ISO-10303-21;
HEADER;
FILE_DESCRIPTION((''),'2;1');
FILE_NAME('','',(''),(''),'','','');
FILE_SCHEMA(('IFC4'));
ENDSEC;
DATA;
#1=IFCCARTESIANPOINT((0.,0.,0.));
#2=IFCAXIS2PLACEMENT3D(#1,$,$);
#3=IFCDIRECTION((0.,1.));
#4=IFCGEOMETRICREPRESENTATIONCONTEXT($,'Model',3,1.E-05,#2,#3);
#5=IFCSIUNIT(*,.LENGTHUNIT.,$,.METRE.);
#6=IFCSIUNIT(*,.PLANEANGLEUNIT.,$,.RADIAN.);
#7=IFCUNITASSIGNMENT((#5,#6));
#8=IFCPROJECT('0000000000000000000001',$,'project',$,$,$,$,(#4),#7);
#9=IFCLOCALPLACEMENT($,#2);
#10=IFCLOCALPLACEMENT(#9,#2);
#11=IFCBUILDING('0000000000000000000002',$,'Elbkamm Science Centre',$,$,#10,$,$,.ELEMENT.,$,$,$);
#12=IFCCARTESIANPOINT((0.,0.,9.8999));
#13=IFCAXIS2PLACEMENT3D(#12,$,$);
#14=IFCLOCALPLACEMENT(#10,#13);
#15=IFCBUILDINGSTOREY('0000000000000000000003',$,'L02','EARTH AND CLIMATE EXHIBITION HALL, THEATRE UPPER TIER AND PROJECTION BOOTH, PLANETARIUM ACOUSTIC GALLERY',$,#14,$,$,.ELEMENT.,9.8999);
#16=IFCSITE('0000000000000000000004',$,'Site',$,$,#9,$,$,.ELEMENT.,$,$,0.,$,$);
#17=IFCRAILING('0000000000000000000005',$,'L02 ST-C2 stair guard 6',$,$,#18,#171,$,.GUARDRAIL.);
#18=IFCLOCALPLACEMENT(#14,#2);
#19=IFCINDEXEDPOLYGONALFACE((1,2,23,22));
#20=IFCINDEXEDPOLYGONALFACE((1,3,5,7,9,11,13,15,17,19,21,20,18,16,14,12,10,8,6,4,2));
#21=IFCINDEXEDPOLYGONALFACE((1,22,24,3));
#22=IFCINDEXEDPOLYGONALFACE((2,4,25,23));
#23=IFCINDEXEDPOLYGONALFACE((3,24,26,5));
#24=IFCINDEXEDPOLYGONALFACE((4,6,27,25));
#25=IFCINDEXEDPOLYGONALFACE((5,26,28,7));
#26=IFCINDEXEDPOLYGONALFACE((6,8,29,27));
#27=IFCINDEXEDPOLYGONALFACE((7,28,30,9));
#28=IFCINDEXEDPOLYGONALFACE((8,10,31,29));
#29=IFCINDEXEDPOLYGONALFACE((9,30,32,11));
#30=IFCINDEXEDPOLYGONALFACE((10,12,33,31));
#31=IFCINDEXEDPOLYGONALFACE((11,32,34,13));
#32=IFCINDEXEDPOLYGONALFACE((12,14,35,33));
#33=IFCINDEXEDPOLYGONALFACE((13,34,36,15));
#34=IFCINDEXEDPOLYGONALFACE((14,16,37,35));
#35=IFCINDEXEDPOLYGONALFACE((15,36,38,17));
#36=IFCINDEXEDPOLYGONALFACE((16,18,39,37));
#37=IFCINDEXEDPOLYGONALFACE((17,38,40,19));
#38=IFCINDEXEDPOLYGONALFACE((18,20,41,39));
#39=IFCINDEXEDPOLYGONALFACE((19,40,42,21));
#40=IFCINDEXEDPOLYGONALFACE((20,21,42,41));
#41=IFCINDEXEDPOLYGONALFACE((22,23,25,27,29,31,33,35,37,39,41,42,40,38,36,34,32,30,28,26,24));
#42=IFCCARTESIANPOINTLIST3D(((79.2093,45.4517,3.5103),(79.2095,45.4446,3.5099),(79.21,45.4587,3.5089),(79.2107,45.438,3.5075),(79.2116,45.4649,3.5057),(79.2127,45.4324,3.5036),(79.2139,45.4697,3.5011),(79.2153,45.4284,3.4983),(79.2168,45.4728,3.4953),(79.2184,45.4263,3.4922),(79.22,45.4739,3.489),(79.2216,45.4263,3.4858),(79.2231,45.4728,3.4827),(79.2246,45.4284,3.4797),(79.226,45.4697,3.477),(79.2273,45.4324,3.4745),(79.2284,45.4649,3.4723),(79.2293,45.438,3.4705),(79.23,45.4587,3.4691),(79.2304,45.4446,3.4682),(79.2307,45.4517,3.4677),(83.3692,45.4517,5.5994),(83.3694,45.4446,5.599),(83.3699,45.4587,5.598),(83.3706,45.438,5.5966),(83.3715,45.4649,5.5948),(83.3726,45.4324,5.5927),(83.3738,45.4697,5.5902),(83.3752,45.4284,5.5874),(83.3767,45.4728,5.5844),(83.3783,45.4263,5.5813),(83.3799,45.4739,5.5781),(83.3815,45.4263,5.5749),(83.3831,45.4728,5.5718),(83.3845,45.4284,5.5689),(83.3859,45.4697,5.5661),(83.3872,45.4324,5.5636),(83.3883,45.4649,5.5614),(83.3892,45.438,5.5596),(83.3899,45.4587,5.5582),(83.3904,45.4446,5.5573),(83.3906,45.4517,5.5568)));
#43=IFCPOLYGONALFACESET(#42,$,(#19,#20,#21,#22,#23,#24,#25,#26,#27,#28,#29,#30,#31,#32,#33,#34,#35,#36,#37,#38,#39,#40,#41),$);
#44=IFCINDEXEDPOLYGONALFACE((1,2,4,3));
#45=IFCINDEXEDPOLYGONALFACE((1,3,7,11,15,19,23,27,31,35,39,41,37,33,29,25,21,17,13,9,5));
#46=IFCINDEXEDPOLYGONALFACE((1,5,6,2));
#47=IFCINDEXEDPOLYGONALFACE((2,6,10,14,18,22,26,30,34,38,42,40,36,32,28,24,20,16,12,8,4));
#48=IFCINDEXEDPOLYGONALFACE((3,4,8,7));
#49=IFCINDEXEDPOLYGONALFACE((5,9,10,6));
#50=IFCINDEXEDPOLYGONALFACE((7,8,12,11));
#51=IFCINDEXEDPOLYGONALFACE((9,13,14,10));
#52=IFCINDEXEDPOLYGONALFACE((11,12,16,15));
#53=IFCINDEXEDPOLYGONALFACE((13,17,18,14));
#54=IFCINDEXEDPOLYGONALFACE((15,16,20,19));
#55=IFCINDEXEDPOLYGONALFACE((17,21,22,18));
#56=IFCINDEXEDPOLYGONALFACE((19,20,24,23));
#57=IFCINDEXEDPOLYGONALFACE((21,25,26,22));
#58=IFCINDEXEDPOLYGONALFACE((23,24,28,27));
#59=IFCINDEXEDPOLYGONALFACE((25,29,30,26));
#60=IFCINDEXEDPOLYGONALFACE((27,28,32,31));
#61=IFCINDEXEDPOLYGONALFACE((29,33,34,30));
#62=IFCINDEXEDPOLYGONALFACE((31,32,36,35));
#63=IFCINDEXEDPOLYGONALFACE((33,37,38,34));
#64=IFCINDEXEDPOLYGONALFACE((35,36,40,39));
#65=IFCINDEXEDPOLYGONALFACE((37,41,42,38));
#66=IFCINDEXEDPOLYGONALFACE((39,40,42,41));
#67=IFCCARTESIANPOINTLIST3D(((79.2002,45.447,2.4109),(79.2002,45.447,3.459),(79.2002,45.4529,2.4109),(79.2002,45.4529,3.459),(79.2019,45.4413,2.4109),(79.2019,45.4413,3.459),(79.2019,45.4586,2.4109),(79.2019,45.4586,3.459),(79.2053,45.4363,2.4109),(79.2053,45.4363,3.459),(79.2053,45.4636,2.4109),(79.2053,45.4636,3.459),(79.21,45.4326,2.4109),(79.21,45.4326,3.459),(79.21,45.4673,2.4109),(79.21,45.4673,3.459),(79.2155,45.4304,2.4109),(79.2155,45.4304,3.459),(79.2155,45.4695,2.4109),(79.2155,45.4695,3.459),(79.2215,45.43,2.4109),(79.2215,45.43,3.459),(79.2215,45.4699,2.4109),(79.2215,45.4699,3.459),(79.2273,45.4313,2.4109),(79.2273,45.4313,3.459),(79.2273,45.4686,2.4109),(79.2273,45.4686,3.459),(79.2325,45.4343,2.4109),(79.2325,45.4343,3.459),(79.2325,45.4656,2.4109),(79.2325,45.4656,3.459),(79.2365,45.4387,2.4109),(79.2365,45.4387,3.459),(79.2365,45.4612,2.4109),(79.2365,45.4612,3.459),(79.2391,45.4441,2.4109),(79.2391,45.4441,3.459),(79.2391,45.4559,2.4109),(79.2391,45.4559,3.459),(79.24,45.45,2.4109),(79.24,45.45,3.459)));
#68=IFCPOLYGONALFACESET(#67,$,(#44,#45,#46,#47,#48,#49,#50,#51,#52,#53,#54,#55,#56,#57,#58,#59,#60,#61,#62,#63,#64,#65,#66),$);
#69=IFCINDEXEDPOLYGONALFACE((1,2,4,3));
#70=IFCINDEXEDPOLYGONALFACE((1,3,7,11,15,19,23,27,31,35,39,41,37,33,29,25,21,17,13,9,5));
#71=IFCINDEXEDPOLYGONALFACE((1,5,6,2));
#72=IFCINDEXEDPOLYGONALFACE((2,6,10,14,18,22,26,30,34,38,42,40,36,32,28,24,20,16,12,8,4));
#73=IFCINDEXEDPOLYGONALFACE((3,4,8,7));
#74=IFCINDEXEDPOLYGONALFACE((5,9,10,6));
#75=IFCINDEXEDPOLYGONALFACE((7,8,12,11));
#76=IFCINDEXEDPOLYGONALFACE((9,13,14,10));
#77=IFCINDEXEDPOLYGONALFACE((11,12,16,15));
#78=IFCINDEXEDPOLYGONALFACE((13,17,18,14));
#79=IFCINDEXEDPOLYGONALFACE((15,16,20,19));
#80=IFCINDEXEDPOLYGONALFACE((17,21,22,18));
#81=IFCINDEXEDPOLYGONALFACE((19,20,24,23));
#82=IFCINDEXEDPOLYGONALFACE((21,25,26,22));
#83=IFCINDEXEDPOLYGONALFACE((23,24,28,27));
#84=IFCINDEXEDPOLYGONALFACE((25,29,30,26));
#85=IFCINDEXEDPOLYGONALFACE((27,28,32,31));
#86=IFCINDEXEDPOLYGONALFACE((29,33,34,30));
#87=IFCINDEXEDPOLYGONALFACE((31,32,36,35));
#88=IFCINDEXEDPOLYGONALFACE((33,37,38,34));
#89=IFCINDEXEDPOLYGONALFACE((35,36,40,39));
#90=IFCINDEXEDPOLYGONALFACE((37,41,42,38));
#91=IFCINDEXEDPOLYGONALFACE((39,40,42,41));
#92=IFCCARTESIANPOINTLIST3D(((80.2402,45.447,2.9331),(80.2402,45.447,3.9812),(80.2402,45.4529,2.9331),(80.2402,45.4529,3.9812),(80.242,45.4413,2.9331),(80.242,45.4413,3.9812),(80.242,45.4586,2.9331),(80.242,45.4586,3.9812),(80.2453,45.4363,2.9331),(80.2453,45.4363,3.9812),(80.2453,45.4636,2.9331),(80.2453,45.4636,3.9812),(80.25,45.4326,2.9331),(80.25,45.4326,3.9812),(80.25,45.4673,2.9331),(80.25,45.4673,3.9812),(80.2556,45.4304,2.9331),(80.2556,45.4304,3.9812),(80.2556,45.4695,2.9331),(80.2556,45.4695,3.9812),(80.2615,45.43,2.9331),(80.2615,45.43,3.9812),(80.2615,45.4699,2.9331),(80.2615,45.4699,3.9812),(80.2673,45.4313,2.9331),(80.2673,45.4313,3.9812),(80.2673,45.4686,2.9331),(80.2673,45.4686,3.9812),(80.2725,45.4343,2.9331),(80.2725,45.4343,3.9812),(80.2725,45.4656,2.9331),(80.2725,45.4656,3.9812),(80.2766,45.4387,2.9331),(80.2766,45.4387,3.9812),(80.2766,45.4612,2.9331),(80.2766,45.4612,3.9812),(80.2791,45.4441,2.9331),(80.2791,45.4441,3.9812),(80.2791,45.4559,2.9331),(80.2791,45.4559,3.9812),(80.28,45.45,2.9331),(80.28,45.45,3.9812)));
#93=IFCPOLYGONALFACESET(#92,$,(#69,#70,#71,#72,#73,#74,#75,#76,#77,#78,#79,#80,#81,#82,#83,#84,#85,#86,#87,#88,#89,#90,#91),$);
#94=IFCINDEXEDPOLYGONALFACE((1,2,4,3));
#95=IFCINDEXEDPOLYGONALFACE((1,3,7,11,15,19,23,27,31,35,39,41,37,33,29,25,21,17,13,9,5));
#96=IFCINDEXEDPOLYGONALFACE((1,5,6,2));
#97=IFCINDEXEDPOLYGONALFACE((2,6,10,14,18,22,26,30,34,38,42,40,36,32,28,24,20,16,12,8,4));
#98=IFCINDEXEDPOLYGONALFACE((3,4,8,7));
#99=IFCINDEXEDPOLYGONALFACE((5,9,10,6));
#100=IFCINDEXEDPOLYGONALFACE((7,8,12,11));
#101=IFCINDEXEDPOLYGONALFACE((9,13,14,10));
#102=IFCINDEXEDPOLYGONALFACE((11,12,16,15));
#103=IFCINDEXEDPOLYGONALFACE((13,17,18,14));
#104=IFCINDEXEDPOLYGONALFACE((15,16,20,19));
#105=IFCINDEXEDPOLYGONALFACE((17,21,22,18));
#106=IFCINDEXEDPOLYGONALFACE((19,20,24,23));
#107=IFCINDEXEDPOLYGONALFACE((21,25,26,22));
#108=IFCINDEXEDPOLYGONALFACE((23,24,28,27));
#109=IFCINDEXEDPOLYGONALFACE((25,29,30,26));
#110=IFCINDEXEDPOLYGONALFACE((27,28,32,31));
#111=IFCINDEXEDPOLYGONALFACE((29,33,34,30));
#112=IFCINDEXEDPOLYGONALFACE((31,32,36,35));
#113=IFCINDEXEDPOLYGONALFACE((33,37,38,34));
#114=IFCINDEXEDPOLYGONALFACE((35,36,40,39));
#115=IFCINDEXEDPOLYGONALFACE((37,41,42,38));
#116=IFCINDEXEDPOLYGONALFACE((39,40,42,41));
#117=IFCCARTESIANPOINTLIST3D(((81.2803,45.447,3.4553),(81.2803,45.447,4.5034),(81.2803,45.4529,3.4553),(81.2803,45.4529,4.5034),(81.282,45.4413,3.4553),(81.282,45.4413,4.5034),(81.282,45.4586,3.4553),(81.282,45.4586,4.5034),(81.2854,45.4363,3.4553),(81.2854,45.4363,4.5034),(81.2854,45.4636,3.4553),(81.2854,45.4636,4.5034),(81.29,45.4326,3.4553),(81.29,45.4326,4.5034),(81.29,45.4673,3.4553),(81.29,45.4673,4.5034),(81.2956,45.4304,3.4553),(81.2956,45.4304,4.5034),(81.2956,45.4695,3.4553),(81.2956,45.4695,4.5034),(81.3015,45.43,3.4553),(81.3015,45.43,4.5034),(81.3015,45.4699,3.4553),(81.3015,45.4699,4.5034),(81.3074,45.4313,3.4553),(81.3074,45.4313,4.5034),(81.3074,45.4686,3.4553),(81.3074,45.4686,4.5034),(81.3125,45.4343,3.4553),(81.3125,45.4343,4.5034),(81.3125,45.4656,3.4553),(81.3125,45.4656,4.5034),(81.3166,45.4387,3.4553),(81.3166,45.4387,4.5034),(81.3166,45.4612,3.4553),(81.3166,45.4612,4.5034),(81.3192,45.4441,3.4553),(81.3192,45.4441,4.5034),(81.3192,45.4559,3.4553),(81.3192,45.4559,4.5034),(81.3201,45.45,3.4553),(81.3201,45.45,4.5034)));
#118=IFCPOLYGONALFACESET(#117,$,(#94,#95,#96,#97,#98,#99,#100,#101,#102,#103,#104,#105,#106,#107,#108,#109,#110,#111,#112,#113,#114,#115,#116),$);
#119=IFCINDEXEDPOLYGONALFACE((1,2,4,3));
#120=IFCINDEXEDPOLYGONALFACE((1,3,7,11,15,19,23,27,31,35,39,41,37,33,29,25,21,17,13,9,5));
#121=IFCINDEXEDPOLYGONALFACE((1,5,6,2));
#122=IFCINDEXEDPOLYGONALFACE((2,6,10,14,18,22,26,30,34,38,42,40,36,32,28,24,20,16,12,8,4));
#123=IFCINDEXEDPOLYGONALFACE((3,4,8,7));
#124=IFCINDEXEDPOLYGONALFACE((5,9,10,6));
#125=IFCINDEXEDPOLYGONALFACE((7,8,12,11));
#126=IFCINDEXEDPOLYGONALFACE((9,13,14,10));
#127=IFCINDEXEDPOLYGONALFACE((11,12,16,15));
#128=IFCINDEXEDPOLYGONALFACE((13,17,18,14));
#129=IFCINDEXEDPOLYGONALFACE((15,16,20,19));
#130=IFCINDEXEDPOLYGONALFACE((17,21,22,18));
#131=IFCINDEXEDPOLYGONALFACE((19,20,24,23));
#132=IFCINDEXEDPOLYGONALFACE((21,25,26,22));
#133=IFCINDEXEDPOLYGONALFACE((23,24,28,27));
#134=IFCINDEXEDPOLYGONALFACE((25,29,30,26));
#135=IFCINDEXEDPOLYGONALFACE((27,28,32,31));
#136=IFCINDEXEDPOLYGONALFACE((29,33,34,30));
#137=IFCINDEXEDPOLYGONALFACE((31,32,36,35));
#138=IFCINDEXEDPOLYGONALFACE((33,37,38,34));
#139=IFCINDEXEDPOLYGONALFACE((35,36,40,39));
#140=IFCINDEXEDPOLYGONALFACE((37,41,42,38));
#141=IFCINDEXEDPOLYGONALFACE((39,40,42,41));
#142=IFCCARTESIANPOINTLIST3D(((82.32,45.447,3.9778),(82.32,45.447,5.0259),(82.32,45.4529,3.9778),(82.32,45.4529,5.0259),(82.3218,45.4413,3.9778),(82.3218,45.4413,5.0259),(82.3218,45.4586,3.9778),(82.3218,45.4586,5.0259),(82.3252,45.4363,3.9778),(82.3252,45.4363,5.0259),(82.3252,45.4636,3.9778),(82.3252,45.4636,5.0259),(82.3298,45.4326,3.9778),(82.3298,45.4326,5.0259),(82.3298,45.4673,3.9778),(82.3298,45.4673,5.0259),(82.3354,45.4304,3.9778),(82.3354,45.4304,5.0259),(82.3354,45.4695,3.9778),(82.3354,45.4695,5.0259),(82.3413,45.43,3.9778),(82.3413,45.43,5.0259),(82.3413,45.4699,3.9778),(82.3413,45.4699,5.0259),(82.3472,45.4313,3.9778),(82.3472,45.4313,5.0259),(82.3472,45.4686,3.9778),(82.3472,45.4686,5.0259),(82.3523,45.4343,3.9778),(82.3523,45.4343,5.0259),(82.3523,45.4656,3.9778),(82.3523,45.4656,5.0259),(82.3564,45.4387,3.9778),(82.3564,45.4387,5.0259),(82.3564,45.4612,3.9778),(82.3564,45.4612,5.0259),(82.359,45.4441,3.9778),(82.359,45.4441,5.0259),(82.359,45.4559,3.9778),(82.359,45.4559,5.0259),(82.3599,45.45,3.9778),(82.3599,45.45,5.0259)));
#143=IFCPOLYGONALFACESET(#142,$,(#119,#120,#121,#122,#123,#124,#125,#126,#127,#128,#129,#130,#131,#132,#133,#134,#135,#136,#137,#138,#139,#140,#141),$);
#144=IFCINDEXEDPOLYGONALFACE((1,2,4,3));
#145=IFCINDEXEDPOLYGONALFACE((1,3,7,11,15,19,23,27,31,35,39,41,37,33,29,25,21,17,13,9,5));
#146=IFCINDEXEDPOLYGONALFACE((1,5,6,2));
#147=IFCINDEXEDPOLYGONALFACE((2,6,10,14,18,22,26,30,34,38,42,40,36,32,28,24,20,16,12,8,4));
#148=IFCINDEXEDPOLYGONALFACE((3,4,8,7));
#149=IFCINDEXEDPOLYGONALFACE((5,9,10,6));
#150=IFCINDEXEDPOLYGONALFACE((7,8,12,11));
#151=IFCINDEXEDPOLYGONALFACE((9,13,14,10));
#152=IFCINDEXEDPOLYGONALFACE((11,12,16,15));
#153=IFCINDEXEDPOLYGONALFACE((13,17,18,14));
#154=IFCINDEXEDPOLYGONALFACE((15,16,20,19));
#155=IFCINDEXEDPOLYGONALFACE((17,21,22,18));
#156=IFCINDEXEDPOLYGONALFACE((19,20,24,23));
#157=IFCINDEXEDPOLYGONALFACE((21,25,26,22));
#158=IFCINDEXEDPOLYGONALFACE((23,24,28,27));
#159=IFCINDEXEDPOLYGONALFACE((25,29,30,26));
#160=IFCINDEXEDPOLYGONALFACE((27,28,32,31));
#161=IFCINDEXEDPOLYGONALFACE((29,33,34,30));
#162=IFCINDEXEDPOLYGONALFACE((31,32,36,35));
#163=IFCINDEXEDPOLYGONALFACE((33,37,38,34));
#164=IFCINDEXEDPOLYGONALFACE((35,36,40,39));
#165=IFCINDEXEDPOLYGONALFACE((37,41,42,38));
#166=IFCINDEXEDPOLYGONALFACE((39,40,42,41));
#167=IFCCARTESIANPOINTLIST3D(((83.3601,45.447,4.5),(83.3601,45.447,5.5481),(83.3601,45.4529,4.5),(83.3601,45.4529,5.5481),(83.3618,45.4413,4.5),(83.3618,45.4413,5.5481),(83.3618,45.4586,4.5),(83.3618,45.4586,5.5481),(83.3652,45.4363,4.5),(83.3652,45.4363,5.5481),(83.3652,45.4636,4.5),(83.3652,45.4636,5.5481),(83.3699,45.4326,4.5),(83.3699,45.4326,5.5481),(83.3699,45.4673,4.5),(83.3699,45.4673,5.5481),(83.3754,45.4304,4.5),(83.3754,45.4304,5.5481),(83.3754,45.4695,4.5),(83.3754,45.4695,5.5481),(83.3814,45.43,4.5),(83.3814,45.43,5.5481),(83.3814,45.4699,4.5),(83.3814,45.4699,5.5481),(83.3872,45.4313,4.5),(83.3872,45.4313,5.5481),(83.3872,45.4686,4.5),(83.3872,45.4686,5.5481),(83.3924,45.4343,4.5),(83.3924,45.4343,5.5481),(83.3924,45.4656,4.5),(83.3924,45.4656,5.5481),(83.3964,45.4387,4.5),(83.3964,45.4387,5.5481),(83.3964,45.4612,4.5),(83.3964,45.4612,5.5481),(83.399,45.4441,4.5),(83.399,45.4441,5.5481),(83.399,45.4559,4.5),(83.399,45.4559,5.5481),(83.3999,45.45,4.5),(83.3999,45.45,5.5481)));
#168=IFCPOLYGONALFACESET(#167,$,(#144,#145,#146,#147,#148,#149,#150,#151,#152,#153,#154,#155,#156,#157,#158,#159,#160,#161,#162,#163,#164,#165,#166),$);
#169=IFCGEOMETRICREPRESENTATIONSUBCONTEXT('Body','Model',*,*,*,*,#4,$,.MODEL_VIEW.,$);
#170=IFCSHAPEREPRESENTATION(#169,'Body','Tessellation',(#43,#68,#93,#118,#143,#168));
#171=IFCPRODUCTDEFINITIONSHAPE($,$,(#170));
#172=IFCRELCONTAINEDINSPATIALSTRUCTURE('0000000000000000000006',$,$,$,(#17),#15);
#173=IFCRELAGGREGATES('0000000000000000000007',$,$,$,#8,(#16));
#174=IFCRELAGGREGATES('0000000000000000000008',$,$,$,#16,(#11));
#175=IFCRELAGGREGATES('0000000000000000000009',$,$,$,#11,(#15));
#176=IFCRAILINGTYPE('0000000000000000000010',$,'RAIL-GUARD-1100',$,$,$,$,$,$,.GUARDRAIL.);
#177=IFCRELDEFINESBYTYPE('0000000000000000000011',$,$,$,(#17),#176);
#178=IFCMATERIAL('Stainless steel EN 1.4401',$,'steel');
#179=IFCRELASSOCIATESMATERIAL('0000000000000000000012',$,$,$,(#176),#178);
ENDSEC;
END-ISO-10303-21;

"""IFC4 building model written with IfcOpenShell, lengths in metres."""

from ifc_helpers import new_model, si_unit, direction, frame, origin, origin_2d, place, context, subcontext, project, spatial, circle, extrude, material, type_object, element, save


model = new_model("IFC4")

# Units and contexts
model_context = context("Model", 3, precision=1e-05, world=origin(), true_north=direction((0.0, 1.0)))
body_context = subcontext(model_context, "Body", "Model", "MODEL_VIEW")
ifc_project = project(units=[si_unit("LENGTHUNIT", "METRE"), si_unit("PLANEANGLEUNIT", "RADIAN")], contexts=[model_context])

# Site, building, storey
site_placement = place(None, origin())
site = spatial("IfcSite", under=ifc_project, at=site_placement, Name="Site", CompositionType="ELEMENT", RefElevation=0.0)
building_placement = place(site_placement, origin())
building = spatial("IfcBuilding", under=site, at=building_placement, Name="Elbkamm Science Centre", CompositionType="ELEMENT")
storey_placement = place(building_placement, frame((0.0, 0.0, 9.8999)))
storey = spatial("IfcBuildingStorey", under=building, at=storey_placement, Name="L02", Description="EARTH AND CLIMATE EXHIBITION HALL, THEATRE UPPER TIER AND PROJECTION BOOTH, PLANETARIUM ACOUSTIC GALLERY", CompositionType="ELEMENT", Elevation=9.8999)

# Railing
ifc_material_1 = material(Name="Stainless steel EN 1.4401", Category="steel")
railing_type_1 = type_object("IfcRailingType", Name="RAIL-GUARD-1100", PredefinedType="GUARDRAIL", material=ifc_material_1)
railing_1_placement = place(storey_placement, frame((79.22, 45.45, 2.4109)))
element("IfcRailing", 1, at=railing_1_placement, inside=storey, type_object=railing_type_1, Name="L02 ST-C2 stair guard 6", PredefinedType="GUARDRAIL", context=body_context, shape_type="SweptSolid", body=[
    extrude(circle(Radius=0.0239, at=origin_2d()), frame((0.0, 0.0, 1.0781), z_axis=(0.893639, 0.0, 0.448786), x_axis=(0.0, 1.0, 0.0)), (0.0, 0.0, 1.0), 4.655),
    extrude(circle(Radius=0.02, at=origin_2d()), origin(), (0.0, 0.0, 1.0), 1.0481),
    extrude(circle(Radius=0.02, at=origin_2d()), frame((1.04, 0.0, 0.5222)), (0.0, 0.0, 1.0), 1.0481),
    extrude(circle(Radius=0.02, at=origin_2d()), frame((2.0801, 0.0, 1.0444)), (0.0, 0.0, 1.0), 1.0481),
    extrude(circle(Radius=0.02, at=origin_2d()), frame((3.1199, 0.0, 1.5669)), (0.0, 0.0, 1.0), 1.0481),
    extrude(circle(Radius=0.02, at=origin_2d()), frame((4.1599, 0.0, 2.0891)), (0.0, 0.0, 1.0), 1.0481),
])

save(model, "model.ifc")
